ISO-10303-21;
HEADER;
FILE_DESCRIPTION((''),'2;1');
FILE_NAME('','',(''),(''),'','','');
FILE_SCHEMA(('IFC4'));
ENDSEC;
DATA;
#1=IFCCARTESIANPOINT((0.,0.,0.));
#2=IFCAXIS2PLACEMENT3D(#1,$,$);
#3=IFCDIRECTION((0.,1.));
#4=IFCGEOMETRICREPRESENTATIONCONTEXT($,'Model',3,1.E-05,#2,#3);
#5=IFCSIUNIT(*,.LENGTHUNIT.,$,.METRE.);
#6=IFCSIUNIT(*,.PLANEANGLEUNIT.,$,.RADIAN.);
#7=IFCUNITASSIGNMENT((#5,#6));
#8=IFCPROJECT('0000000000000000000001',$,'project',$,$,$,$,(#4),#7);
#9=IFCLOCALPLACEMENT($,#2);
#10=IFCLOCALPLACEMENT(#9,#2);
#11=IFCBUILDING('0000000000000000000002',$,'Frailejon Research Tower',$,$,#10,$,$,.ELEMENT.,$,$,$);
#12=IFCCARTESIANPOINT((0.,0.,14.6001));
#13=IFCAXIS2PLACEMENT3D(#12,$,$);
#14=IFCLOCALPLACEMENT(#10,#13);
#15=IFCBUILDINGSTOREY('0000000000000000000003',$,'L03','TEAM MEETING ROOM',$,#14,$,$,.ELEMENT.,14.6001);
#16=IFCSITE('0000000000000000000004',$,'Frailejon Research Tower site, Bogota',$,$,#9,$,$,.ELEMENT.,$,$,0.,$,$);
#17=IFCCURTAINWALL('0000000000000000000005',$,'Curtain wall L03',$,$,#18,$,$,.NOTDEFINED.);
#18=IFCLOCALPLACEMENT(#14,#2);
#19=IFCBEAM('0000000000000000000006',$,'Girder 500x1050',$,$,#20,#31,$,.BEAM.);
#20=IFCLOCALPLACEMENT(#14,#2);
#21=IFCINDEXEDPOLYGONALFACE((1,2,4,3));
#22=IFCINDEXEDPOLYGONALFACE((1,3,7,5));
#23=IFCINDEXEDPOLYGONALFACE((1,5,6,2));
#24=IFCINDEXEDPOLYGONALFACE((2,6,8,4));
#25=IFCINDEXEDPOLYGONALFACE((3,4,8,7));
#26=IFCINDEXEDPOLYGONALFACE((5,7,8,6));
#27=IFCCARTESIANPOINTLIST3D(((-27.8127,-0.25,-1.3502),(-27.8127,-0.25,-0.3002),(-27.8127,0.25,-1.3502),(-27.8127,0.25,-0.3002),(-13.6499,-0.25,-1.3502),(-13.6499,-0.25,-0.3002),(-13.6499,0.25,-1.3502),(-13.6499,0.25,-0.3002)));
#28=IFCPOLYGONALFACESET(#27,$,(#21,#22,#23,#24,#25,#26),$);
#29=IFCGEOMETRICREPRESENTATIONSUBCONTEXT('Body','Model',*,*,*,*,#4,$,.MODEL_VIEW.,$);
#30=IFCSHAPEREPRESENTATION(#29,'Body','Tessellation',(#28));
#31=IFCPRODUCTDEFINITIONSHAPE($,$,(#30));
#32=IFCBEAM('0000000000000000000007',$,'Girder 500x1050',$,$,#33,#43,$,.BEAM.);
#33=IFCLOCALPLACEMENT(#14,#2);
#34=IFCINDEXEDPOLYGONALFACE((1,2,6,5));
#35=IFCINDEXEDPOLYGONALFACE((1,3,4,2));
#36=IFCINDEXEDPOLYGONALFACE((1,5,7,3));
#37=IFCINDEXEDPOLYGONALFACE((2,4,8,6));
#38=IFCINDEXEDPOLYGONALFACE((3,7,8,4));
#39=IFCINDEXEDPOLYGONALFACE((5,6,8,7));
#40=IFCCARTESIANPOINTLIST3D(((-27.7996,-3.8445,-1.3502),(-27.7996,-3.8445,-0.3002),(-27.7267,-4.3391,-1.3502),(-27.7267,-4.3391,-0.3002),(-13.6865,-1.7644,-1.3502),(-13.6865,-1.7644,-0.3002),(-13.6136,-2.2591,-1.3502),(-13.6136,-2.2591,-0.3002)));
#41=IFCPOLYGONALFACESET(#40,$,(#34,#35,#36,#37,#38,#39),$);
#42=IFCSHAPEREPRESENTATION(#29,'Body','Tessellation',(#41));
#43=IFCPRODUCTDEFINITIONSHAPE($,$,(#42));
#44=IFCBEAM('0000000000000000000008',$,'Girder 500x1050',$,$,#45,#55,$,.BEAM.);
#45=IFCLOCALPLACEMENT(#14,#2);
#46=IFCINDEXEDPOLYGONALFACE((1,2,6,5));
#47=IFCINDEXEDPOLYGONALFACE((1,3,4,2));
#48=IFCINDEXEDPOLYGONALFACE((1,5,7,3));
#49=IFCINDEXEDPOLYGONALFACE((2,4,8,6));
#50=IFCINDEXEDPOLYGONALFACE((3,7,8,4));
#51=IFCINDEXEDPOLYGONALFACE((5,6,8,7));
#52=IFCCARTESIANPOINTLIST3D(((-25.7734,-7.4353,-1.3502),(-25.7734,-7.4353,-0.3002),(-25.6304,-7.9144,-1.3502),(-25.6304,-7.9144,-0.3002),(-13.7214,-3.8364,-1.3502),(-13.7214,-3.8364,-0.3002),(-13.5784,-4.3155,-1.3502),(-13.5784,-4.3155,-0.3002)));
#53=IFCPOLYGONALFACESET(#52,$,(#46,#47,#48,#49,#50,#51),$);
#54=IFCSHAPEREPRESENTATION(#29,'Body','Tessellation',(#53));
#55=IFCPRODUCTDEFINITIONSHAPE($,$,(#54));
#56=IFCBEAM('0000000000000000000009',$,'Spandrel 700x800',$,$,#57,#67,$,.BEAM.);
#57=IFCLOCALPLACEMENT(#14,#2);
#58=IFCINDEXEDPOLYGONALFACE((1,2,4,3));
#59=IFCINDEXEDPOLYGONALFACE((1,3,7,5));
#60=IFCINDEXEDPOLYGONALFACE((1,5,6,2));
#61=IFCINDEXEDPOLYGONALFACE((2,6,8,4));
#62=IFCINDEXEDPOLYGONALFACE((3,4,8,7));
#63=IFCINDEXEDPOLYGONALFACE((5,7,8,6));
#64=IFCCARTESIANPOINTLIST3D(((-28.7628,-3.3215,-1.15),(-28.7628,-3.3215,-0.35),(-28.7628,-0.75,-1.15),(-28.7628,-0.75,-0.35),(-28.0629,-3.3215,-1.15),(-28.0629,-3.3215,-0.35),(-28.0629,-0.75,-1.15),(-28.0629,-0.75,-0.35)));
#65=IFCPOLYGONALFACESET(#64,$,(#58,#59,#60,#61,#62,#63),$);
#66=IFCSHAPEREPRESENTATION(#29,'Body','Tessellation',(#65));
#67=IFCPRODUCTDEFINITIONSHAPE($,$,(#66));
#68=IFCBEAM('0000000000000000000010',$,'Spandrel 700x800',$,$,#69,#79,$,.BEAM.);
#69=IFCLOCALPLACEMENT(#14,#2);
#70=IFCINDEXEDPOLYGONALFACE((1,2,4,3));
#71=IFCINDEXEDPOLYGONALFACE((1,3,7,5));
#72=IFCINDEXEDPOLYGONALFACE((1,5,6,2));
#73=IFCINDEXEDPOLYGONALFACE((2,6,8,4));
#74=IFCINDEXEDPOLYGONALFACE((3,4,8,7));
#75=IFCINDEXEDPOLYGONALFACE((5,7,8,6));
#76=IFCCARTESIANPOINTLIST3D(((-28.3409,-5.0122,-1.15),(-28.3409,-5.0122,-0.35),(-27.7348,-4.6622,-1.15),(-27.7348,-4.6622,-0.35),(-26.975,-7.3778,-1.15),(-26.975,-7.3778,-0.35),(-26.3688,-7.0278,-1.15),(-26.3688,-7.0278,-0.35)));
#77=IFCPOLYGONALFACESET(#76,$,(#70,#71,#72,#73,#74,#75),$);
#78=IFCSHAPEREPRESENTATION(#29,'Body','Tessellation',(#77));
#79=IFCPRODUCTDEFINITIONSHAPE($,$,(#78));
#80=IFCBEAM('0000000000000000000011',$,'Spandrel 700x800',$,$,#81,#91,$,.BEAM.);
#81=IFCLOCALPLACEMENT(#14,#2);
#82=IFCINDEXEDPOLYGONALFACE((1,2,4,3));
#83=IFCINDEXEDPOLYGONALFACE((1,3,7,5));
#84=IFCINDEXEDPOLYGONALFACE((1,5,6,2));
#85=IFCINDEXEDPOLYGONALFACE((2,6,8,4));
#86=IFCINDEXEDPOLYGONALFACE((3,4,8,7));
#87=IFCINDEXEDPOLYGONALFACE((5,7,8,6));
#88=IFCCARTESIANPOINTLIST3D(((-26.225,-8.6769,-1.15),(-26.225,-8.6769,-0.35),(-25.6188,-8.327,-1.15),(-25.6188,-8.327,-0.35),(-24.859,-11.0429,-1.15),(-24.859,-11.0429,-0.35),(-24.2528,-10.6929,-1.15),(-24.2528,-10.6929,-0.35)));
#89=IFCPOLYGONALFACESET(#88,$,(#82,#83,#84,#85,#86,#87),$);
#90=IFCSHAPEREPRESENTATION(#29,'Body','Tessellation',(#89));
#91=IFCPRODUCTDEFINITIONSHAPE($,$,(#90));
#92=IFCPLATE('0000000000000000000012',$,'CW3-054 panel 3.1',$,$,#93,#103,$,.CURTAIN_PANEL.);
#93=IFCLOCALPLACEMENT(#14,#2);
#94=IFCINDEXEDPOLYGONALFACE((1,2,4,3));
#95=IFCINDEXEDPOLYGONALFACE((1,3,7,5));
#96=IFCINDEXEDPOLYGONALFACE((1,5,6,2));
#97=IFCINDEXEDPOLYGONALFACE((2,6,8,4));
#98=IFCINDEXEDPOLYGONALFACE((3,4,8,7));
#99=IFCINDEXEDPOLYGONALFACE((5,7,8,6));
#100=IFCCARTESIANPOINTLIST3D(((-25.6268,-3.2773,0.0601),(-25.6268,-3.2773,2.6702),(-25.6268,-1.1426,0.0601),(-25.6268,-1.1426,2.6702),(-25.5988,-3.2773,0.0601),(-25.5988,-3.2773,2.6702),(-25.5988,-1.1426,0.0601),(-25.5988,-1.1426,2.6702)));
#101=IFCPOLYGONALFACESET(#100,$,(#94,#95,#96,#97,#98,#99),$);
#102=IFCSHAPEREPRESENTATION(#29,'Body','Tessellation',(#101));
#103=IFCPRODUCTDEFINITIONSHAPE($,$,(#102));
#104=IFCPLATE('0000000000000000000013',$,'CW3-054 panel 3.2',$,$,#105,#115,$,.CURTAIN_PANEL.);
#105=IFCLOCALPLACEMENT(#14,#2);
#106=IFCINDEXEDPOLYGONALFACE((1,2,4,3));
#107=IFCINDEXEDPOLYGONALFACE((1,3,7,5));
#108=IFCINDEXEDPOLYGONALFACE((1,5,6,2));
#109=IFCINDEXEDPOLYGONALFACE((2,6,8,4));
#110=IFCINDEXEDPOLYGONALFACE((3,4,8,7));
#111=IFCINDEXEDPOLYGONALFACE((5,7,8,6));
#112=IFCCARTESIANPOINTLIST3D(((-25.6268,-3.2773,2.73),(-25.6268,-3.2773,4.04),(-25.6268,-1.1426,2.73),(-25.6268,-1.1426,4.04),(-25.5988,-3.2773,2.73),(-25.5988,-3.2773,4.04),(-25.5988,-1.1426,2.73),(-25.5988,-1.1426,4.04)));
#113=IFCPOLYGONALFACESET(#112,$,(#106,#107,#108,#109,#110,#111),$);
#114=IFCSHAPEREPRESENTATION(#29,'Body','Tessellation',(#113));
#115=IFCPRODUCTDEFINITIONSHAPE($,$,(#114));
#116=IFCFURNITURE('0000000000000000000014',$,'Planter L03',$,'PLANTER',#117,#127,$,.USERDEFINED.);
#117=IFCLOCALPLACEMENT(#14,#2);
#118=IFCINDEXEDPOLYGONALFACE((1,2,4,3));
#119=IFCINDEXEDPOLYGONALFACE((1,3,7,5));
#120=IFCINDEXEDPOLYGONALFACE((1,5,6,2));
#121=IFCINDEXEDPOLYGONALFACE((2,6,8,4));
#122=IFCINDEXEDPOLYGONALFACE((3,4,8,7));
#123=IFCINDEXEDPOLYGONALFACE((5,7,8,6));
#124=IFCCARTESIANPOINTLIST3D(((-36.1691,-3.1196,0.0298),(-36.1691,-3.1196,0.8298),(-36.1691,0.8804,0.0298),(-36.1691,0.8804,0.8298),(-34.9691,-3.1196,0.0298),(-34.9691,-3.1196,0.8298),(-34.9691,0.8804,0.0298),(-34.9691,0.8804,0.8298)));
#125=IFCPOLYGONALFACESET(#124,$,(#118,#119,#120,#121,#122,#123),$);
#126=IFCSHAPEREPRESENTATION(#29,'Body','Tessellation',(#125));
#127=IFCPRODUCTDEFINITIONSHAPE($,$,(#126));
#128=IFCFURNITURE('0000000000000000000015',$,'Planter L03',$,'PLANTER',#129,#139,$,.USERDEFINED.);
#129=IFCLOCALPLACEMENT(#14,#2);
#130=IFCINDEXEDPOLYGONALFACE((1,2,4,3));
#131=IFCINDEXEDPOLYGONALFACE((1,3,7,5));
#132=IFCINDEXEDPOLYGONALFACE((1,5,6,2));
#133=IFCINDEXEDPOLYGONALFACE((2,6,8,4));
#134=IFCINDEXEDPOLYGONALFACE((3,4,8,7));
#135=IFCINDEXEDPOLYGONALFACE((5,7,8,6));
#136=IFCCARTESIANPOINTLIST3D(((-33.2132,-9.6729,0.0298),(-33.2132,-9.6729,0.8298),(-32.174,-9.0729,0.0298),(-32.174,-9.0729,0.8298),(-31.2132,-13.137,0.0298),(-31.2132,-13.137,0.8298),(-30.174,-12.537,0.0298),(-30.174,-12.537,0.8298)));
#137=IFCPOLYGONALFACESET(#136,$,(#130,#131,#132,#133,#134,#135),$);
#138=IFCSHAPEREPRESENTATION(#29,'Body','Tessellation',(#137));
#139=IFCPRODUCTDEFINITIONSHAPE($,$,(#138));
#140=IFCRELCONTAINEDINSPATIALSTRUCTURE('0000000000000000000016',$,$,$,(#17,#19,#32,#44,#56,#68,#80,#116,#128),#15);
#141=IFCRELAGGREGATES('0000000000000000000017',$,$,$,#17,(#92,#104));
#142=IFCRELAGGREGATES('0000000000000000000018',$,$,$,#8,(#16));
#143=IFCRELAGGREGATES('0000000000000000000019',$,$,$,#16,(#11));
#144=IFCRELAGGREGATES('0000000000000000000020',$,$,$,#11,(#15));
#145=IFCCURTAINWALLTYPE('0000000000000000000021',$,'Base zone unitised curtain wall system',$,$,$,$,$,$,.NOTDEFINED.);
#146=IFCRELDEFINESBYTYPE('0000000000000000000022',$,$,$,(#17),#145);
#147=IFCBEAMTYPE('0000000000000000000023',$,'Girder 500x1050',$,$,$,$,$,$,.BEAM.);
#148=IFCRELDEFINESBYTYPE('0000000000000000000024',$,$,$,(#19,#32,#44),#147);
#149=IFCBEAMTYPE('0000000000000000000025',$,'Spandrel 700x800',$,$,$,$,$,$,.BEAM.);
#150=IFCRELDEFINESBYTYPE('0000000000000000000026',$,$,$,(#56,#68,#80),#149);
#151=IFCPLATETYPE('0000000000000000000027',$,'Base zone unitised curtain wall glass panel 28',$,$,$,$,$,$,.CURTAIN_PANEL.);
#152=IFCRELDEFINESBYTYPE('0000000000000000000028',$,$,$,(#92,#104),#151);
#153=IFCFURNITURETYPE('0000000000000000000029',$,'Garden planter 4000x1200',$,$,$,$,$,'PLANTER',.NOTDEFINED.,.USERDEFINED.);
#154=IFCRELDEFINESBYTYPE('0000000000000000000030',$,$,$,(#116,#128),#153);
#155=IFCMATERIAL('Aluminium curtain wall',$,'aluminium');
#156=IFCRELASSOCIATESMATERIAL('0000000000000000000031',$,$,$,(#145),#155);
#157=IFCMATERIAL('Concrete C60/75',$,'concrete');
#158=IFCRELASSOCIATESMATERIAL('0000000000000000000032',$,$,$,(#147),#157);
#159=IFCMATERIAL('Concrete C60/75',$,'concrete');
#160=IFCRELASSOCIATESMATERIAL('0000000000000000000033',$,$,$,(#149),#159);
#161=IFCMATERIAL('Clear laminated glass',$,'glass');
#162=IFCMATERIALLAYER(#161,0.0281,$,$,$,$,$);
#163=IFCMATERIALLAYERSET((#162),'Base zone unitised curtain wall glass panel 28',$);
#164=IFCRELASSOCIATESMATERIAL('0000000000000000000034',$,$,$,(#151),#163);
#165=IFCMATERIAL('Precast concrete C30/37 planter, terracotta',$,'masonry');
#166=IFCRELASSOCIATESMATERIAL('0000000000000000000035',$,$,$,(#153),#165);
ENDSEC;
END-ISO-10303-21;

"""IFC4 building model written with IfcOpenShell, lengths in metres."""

from ifc_helpers import new_model, si_unit, direction, frame, origin, origin_2d, place, context, subcontext, project, spatial, rectangle, extrude, material, layer, layer_set, material_profile, profile_set, type_object, element, aggregate, save


model = new_model("IFC4")

# Units and contexts
model_context = context("Model", 3, precision=1e-05, world=origin(), true_north=direction((0.0, 1.0)))
body_context = subcontext(model_context, "Body", "Model", "MODEL_VIEW")
ifc_project = project(units=[si_unit("LENGTHUNIT", "METRE"), si_unit("PLANEANGLEUNIT", "RADIAN")], contexts=[model_context])

# Site, building, storey
site_placement = place(None, origin())
site = spatial("IfcSite", under=ifc_project, at=site_placement, Name="Frailejon Research Tower site, Bogota", CompositionType="ELEMENT", RefElevation=0.0)
building_placement = place(site_placement, origin())
building = spatial("IfcBuilding", under=site, at=building_placement, Name="Frailejon Research Tower", CompositionType="ELEMENT")
storey_placement = place(building_placement, frame((0.0, 0.0, 14.6001)))
storey = spatial("IfcBuildingStorey", under=building, at=storey_placement, Name="L03", Description="TEAM MEETING ROOM", CompositionType="ELEMENT", Elevation=14.6001)

# Curtain wall
ifc_material_1 = material(Name="Aluminium curtain wall", Category="aluminium")
curtain_wall_type = type_object("IfcCurtainWallType", Name="Base zone unitised curtain wall system", PredefinedType="NOTDEFINED", material=ifc_material_1)
curtain_wall_placement = place(storey_placement, origin())
curtain_wall = element("IfcCurtainWall", 1, at=curtain_wall_placement, inside=storey, type_object=curtain_wall_type, Name="Curtain wall L03", PredefinedType="NOTDEFINED")

# Beams
ifc_material_2 = material(Name="Concrete C60/75", Category="concrete")
ifc_material_profile_1 = material_profile(ifc_material_2, rectangle(XDim=0.5, YDim=1.05, at=origin_2d()), Name="Girder 500x1050")
ifc_profile_set_1 = profile_set([ifc_material_profile_1], Name="Concrete C60/75")
beam_type_1 = type_object("IfcBeamType", Name="Girder 500x1050", PredefinedType="BEAM", material=ifc_profile_set_1)
beam_1_placement = place(storey_placement, frame((-27.8127, 0.0, -0.8252), z_axis=(1.0, 0.0, 0.0), x_axis=(0.0, 1.0, 0.0)))
element("IfcBeam", 2, at=beam_1_placement, inside=storey, type_object=beam_type_1, Name="Girder 500x1050", PredefinedType="BEAM", context=body_context, shape_type="SweptSolid", body=[
    extrude(rectangle(XDim=0.5, YDim=1.05, at=origin_2d()), origin(), (0.0, 0.0, 1.0), 14.1628),
])
beam_2_placement = place(storey_placement, frame((-27.7632, -4.0918, -0.8252), z_axis=(0.989313, 0.145809, 0.0), x_axis=(-0.145809, 0.989313, 0.0)))
element("IfcBeam", 3, at=beam_2_placement, inside=storey, type_object=beam_type_1, Name="Girder 500x1050", PredefinedType="BEAM", context=body_context, shape_type="SweptSolid", body=[
    extrude(rectangle(XDim=0.5, YDim=1.05, at=origin_2d()), origin(), (0.0, 0.0, 1.0), 14.2656),
])
beam_3_placement = place(storey_placement, frame((-25.7019, -7.6748, -0.8252), z_axis=(0.958191, 0.286128, 0.0), x_axis=(-0.286128, 0.958191, 0.0)))
element("IfcBeam", 4, at=beam_3_placement, inside=storey, type_object=beam_type_1, Name="Girder 500x1050", PredefinedType="BEAM", context=body_context, shape_type="SweptSolid", body=[
    extrude(rectangle(XDim=0.5, YDim=1.05, at=origin_2d()), origin(), (0.0, 0.0, 1.0), 12.5779),
])
ifc_material_3 = material(Name="Concrete C60/75", Category="concrete")
ifc_material_profile_2 = material_profile(ifc_material_3, rectangle(XDim=0.7, YDim=0.8, at=origin_2d()), Name="Spandrel 700x800")
ifc_profile_set_2 = profile_set([ifc_material_profile_2], Name="Concrete C60/75")
beam_type_2 = type_object("IfcBeamType", Name="Spandrel 700x800", PredefinedType="BEAM", material=ifc_profile_set_2)
beam_4_placement = place(storey_placement, frame((-28.4128, -0.75, -0.75), z_axis=(0.0, -1.0, 0.0), x_axis=(1.0, 0.0, 0.0)))
element("IfcBeam", 5, at=beam_4_placement, inside=storey, type_object=beam_type_2, Name="Spandrel 700x800", PredefinedType="BEAM", context=body_context, shape_type="SweptSolid", body=[
    extrude(rectangle(XDim=0.7, YDim=0.8, at=origin_2d()), origin(), (0.0, 0.0, 1.0), 2.5715),
])
beam_5_placement = place(storey_placement, frame((-28.0378, -4.8372, -0.75), z_axis=(0.500032, -0.866007, 0.0), x_axis=(0.866007, 0.500032, 0.0)))
element("IfcBeam", 6, at=beam_5_placement, inside=storey, type_object=beam_type_2, Name="Spandrel 700x800", PredefinedType="BEAM", context=body_context, shape_type="SweptSolid", body=[
    extrude(rectangle(XDim=0.7, YDim=0.8, at=origin_2d()), origin(), (0.0, 0.0, 1.0), 2.7317),
])
beam_6_placement = place(storey_placement, frame((-25.9219, -8.502, -0.75), z_axis=(0.499993, -0.866029, 0.0), x_axis=(0.866029, 0.499993, 0.0)))
element("IfcBeam", 7, at=beam_6_placement, inside=storey, type_object=beam_type_2, Name="Spandrel 700x800", PredefinedType="BEAM", context=body_context, shape_type="SweptSolid", body=[
    extrude(rectangle(XDim=0.7, YDim=0.8, at=origin_2d()), origin(), (0.0, 0.0, 1.0), 2.7319),
])

# Plates
ifc_material_4 = material(Name="Clear laminated glass", Category="glass")
ifc_layer = layer(ifc_material_4, 0.0281)
ifc_layer_set = layer_set([ifc_layer], Name="Base zone unitised curtain wall glass panel 28")
plate_type = type_object("IfcPlateType", Name="Base zone unitised curtain wall glass panel 28", PredefinedType="CURTAIN_PANEL", material=ifc_layer_set)
plate_1_placement = place(storey_placement, frame((-25.6128, -2.21, 0.0601), z_axis=(0.0, 0.0, 1.0), x_axis=(0.0, -1.0, 0.0)))
plate_1 = element("IfcPlate", 8, at=plate_1_placement, type_object=plate_type, Name="CW3-054 panel 3.1", PredefinedType="CURTAIN_PANEL", context=body_context, shape_type="SweptSolid", body=[
    extrude(rectangle(XDim=2.1348, YDim=0.0281, at=origin_2d()), origin(), (0.0, 0.0, 1.0), 2.6101),
])
plate_2_placement = place(storey_placement, frame((-25.6128, -2.21, 2.73), z_axis=(0.0, 0.0, 1.0), x_axis=(0.0, -1.0, 0.0)))
plate_2 = element("IfcPlate", 9, at=plate_2_placement, type_object=plate_type, Name="CW3-054 panel 3.2", PredefinedType="CURTAIN_PANEL", context=body_context, shape_type="SweptSolid", body=[
    extrude(rectangle(XDim=2.1348, YDim=0.0281, at=origin_2d()), origin(), (0.0, 0.0, 1.0), 1.3101),
])
aggregate(curtain_wall, [plate_1, plate_2])

# Furniture
ifc_material_5 = material(Name="Precast concrete C30/37 planter, terracotta", Category="masonry")
furniture_type = type_object("IfcFurnitureType", Name="Garden planter 4000x1200", ElementType="PLANTER", AssemblyPlace="NOTDEFINED", PredefinedType="USERDEFINED", material=ifc_material_5)
for number, where, z_axis, x_axis, name in (
    (10, (-35.5691, -1.1196, 0.0298), (0.0, 0.0, 1.0), (0.0, -1.0, 0.0), "Planter L03"),
    (11, (-31.6936, -11.105, 0.0298), (0.0, 0.0, 1.0), (0.5, -0.866025, 0.0), "Planter L03"),
):
    element("IfcFurniture", number, at=place(storey_placement, frame(where, z_axis=z_axis, x_axis=x_axis)), inside=storey, type_object=furniture_type, Name=name, ObjectType="PLANTER", PredefinedType="USERDEFINED", context=body_context, shape_type="SweptSolid", body=[
        extrude(rectangle(XDim=4.0, YDim=1.2, at=origin_2d()), origin(), (0.0, 0.0, 1.0), 0.8),
    ])

save(model, "model.ifc")
